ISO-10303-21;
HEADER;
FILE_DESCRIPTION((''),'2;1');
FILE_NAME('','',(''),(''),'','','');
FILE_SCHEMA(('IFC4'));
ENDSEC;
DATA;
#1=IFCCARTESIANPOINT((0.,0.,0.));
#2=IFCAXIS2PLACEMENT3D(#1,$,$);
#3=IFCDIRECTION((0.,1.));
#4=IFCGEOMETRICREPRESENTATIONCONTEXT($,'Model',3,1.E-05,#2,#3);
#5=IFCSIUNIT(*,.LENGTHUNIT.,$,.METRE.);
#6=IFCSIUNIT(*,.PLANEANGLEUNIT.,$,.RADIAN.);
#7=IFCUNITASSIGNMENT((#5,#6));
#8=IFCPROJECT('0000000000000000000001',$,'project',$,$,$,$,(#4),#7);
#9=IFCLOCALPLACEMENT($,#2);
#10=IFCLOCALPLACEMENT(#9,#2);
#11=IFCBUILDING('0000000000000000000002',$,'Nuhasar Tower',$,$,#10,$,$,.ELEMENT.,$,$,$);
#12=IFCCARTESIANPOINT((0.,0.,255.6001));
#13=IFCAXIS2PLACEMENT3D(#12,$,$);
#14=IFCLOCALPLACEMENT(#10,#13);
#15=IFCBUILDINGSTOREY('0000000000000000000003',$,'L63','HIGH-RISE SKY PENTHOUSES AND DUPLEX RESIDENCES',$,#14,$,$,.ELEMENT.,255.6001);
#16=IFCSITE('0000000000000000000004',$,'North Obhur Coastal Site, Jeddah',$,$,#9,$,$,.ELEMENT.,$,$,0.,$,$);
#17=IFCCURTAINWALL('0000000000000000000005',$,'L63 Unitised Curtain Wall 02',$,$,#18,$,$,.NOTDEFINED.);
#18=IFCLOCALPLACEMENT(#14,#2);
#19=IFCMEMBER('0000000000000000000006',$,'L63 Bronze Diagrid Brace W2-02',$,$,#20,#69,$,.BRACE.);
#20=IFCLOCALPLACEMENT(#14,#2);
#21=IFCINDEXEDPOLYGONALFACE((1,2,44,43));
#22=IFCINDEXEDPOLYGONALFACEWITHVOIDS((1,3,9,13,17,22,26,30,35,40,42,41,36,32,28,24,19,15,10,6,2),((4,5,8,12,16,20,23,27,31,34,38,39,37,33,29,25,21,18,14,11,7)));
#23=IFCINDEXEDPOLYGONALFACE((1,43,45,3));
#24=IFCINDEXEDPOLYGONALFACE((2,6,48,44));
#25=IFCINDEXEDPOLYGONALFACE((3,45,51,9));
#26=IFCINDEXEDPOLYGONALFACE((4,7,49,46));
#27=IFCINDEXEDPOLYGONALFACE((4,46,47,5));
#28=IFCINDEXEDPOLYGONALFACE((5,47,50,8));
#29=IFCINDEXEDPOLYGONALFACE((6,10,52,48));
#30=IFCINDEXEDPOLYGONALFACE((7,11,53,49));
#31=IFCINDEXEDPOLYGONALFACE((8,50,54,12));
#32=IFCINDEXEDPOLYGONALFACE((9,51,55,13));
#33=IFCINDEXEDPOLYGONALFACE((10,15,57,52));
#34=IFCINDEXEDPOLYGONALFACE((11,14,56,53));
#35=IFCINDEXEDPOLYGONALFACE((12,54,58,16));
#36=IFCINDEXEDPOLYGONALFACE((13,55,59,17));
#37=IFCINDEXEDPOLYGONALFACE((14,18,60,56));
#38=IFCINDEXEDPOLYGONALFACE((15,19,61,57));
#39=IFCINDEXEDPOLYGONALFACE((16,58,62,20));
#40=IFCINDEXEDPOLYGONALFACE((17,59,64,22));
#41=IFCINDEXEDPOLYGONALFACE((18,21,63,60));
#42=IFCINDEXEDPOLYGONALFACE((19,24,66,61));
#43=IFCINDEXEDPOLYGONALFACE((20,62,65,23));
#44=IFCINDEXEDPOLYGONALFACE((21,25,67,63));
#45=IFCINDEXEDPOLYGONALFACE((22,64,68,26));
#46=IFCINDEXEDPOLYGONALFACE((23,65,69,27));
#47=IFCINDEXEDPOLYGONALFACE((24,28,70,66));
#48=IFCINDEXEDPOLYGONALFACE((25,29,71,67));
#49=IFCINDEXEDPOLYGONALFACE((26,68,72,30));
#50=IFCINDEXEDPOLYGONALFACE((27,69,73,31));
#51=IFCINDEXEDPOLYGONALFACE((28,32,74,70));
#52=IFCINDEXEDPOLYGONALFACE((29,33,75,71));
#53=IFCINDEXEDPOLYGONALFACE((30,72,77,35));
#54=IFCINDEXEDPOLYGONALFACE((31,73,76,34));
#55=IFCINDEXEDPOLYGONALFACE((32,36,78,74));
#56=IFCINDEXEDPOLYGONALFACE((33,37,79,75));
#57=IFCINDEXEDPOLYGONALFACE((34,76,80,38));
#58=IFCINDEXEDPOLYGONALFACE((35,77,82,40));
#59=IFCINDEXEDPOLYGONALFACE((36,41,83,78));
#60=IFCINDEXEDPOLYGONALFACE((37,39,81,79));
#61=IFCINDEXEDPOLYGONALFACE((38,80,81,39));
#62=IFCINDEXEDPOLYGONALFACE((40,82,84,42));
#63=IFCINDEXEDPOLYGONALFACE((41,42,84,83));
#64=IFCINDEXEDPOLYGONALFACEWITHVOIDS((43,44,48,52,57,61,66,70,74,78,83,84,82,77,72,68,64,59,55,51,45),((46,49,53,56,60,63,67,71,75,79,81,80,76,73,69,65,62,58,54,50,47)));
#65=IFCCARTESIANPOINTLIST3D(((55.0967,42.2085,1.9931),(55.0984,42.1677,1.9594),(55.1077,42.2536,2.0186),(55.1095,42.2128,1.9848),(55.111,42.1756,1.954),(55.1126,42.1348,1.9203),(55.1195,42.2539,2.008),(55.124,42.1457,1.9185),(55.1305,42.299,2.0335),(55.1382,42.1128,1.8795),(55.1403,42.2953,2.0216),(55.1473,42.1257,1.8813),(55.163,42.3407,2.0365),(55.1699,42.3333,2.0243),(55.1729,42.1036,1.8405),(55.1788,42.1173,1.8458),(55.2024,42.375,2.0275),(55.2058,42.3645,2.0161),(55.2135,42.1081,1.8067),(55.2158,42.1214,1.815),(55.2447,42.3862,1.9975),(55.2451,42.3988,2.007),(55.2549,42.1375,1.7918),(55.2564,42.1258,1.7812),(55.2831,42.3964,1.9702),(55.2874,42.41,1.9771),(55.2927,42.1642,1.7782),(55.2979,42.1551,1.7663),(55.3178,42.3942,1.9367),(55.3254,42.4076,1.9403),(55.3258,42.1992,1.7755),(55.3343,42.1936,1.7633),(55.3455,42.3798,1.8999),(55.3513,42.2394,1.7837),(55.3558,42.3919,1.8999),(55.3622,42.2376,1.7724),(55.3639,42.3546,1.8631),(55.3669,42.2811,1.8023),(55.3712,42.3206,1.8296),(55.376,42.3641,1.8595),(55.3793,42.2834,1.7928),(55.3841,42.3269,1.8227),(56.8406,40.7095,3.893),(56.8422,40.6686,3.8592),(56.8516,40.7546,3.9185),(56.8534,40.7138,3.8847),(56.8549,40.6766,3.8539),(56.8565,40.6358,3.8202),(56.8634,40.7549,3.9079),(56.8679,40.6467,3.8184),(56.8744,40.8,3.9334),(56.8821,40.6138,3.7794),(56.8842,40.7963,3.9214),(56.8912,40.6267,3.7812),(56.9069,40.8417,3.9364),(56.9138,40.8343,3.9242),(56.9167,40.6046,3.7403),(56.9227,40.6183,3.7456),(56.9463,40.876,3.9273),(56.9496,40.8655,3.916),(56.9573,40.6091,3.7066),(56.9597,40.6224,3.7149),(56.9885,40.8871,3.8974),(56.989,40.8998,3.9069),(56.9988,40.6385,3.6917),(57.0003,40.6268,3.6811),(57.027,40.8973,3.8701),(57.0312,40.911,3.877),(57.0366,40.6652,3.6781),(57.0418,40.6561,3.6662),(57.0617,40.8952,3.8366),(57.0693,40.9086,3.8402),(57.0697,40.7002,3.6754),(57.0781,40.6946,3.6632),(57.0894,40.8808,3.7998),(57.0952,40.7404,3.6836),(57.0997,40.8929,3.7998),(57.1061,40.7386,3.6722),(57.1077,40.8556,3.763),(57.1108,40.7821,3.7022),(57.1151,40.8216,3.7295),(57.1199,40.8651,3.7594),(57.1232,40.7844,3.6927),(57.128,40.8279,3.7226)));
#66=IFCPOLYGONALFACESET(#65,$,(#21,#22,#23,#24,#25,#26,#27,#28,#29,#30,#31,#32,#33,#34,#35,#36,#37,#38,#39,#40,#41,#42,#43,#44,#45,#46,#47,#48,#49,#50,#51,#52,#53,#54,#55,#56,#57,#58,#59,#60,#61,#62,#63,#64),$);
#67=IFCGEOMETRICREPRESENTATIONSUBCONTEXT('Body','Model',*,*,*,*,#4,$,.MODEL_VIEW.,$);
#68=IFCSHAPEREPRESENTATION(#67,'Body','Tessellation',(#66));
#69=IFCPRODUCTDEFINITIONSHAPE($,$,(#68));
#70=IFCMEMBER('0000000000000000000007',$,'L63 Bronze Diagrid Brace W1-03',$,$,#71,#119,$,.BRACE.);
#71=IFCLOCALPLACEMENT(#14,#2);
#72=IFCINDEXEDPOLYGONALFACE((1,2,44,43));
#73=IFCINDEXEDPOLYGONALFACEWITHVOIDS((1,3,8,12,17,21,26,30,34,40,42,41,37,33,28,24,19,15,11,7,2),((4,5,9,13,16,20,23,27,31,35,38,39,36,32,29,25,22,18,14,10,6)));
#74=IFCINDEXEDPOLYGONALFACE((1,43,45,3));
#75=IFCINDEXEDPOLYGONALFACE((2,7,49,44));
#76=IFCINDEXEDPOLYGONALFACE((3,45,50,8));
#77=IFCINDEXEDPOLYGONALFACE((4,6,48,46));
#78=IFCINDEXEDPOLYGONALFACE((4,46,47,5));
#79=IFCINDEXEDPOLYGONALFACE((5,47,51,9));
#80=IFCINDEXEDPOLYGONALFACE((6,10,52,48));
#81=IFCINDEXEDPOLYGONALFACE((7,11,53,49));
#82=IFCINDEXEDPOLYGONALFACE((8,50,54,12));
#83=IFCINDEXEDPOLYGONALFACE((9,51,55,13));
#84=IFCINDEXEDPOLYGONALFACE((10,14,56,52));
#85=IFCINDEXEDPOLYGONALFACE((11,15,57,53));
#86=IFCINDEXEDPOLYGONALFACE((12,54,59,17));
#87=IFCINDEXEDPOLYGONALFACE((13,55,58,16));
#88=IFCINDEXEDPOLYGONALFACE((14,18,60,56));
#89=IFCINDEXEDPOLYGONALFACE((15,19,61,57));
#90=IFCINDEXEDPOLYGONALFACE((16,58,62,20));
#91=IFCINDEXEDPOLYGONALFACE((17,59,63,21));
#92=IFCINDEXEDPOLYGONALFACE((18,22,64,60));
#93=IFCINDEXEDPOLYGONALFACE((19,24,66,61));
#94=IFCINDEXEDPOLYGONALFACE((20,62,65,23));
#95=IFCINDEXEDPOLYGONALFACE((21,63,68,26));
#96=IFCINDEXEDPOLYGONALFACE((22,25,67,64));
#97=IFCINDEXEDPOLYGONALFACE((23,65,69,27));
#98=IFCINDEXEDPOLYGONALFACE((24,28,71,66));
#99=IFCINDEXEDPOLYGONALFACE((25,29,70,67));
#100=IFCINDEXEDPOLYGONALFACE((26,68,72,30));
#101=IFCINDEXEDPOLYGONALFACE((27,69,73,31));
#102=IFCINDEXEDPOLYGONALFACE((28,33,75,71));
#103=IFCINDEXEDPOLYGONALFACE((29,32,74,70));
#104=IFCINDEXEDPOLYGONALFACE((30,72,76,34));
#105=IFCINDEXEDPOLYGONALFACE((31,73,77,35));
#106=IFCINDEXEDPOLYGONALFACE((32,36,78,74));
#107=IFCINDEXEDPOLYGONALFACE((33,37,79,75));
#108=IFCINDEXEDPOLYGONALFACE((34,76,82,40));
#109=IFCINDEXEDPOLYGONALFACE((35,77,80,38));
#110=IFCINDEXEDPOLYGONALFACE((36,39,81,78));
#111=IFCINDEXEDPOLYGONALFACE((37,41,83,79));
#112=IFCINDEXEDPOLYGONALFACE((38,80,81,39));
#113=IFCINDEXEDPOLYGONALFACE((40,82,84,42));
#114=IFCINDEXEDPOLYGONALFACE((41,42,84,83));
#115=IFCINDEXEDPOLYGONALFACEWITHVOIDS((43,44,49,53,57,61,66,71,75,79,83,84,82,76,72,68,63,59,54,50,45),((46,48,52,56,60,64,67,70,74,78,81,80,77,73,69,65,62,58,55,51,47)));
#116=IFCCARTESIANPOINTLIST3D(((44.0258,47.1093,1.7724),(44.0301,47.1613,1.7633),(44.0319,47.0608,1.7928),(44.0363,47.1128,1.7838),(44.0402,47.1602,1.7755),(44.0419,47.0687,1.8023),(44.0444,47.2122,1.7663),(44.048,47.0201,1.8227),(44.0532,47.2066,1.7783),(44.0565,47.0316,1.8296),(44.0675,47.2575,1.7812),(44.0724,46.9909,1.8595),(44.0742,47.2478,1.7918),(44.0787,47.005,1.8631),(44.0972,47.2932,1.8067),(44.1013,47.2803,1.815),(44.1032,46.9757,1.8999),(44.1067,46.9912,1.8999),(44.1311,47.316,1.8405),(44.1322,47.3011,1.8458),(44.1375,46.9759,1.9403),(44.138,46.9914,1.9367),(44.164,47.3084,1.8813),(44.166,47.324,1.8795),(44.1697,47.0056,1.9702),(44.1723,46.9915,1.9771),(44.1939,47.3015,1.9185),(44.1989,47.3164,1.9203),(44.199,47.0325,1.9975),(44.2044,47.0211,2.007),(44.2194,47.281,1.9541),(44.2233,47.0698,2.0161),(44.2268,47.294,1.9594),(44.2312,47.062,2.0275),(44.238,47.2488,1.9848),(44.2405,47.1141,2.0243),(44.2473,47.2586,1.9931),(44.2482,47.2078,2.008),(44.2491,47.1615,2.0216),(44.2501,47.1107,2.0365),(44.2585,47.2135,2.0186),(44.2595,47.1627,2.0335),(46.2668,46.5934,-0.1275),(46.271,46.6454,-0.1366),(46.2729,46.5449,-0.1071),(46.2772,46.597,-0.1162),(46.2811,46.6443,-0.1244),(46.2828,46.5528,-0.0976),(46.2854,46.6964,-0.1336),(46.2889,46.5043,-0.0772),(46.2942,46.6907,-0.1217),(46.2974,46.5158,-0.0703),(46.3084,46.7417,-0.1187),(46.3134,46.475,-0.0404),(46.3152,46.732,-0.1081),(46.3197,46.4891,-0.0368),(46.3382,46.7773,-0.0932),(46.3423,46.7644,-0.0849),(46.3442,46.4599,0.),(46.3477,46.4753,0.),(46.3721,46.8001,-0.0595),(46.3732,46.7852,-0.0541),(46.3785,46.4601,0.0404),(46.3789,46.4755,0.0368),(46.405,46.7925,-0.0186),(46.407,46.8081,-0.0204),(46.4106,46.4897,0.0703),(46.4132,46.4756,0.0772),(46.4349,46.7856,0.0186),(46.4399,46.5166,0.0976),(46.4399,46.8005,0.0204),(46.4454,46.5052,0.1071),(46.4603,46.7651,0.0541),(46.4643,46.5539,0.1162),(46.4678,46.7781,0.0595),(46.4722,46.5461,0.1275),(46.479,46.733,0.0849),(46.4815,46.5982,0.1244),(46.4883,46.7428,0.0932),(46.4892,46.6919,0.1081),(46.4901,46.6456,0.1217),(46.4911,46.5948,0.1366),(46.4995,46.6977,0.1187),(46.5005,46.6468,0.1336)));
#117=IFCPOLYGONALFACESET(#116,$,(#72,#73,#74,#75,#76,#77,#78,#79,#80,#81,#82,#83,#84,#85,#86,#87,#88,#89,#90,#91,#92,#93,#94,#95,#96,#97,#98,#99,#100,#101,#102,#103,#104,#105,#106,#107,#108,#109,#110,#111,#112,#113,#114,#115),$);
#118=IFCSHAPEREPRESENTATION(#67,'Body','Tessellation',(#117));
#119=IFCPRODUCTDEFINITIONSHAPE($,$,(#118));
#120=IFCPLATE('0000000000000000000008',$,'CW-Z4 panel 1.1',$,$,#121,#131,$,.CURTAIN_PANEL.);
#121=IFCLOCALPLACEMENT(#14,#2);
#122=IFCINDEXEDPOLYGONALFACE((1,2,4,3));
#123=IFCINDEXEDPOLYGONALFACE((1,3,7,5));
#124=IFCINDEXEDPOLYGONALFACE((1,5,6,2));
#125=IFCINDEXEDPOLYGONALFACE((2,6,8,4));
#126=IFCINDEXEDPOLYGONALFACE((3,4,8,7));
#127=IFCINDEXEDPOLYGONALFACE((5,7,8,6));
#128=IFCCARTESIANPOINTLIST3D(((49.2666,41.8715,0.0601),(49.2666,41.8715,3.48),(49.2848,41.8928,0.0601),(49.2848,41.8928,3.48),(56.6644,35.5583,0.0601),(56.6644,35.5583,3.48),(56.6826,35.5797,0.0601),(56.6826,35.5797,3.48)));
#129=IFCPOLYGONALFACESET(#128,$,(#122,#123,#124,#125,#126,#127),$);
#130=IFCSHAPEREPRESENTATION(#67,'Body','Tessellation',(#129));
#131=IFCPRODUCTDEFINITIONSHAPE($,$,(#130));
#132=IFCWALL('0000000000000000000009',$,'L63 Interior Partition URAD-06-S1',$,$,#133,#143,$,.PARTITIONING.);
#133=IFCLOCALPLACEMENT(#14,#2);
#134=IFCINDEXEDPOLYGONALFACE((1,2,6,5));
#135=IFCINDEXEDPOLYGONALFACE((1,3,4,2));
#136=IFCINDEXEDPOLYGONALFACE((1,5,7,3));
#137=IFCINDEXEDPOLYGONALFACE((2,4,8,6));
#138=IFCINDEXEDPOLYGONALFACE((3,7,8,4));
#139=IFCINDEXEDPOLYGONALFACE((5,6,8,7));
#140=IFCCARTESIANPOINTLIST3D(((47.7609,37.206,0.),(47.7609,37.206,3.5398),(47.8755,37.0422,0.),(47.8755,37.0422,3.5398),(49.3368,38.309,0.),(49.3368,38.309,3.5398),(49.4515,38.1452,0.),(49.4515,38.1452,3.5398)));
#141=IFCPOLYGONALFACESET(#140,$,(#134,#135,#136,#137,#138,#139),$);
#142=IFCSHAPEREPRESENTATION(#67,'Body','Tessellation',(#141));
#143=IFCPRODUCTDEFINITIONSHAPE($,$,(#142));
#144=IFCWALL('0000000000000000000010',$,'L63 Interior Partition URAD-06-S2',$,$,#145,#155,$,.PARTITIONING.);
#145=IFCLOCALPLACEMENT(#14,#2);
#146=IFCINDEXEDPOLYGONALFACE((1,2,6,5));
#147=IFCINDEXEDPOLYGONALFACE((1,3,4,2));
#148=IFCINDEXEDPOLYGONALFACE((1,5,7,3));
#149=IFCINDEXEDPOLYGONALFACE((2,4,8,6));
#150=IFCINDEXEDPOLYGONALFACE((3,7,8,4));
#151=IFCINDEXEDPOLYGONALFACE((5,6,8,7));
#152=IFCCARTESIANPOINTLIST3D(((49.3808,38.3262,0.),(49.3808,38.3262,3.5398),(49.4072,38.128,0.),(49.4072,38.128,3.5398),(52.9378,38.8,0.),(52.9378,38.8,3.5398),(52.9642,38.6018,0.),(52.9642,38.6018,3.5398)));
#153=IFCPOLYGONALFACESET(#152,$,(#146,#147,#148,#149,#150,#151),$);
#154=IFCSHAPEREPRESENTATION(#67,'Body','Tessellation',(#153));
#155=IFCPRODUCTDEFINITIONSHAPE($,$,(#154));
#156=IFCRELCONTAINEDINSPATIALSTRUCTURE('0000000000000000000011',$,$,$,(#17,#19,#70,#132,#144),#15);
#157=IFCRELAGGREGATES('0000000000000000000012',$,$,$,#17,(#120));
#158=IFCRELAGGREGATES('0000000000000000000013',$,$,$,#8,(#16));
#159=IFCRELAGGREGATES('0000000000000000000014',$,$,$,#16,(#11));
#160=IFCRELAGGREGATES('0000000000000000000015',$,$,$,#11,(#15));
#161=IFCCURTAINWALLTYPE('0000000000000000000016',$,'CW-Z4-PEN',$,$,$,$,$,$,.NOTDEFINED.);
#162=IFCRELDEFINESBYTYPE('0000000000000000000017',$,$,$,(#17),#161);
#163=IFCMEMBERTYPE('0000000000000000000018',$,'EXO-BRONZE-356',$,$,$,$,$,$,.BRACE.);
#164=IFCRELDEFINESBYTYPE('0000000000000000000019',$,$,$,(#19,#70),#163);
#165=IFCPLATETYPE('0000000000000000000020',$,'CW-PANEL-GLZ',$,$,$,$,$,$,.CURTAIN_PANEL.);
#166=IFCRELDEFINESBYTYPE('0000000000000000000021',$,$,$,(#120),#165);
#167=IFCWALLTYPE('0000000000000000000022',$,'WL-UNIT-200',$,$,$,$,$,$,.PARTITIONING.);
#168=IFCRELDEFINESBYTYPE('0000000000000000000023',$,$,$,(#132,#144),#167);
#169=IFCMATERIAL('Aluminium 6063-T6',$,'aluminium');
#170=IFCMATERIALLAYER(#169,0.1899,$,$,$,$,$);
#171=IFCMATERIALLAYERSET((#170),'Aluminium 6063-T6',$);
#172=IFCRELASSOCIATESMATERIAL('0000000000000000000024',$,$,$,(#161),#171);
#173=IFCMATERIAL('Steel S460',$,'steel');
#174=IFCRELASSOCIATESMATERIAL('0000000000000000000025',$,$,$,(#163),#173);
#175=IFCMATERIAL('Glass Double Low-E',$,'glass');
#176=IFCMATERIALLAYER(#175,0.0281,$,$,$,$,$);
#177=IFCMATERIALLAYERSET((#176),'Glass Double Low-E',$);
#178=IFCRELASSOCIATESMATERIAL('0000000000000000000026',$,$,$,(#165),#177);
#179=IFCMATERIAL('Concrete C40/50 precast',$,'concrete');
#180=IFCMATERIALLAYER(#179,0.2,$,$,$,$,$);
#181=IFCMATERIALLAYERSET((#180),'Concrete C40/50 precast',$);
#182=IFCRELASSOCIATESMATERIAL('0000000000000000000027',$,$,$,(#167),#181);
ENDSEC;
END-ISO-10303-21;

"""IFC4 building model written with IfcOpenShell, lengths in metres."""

from ifc_helpers import new_model, si_unit, direction, frame, frame_2d, origin, origin_2d, place, context, subcontext, project, spatial, rectangle, hollow_circle, extrude, material, layer, layer_set, material_profile, profile_set, type_object, element, aggregate, save


model = new_model("IFC4")

# Units and contexts
model_context = context("Model", 3, precision=1e-05, world=origin(), true_north=direction((0.0, 1.0)))
body_context = subcontext(model_context, "Body", "Model", "MODEL_VIEW")
ifc_project = project(units=[si_unit("LENGTHUNIT", "METRE"), si_unit("PLANEANGLEUNIT", "RADIAN")], contexts=[model_context])

# Site, building, storey
site_placement = place(None, origin())
site = spatial("IfcSite", under=ifc_project, at=site_placement, Name="North Obhur Coastal Site, Jeddah", CompositionType="ELEMENT", RefElevation=0.0)
building_placement = place(site_placement, origin())
building = spatial("IfcBuilding", under=site, at=building_placement, Name="Nuhasar Tower", CompositionType="ELEMENT")
storey_placement = place(building_placement, frame((0.0, 0.0, 255.6001)))
storey = spatial("IfcBuildingStorey", under=building, at=storey_placement, Name="L63", Description="HIGH-RISE SKY PENTHOUSES AND DUPLEX RESIDENCES", CompositionType="ELEMENT", Elevation=255.6001)

# Shared definitions
ifc_material_1 = material(Name="Steel S460", Category="steel")

# Shared definitions
ifc_material_2 = material(Name="Aluminium 6063-T6", Category="aluminium")
ifc_layer_1 = layer(ifc_material_2, 0.1899)
ifc_layer_set_1 = layer_set([ifc_layer_1], Name="Aluminium 6063-T6")
curtain_wall_type = type_object("IfcCurtainWallType", Name="CW-Z4-PEN", PredefinedType="NOTDEFINED", material=ifc_layer_set_1)

# Curtain wall
curtain_wall_1_placement = place(storey_placement, origin())
curtain_wall_1 = element("IfcCurtainWall", 1, at=curtain_wall_1_placement, inside=storey, type_object=curtain_wall_type, Name="L63 Unitised Curtain Wall 02", PredefinedType="NOTDEFINED")

# Members
ifc_material_profile_1 = material_profile(ifc_material_1, hollow_circle(Radius=0.1777, WallThickness=0.0159, at=origin_2d()), Name="HSS355.6X15.9")
ifc_profile_set_1 = profile_set([ifc_material_profile_1], Name="Steel S460")
member_type_1 = type_object("IfcMemberType", Name="EXO-BRONZE-356", PredefinedType="BRACE", material=ifc_profile_set_1)
for number, where, z_axis, x_axis, name in (
    (2, (55.24, 42.2571, 1.8999), (0.584625, -0.502534, 0.636925), (0.651857, 0.758342, 0.0), "L63 Bronze Diagrid Brace W2-02"),
    (3, (46.384, 46.6331, 0.0), (-0.751272, 0.172942, 0.636932), (-0.224332, -0.974513, 0.0), "L63 Bronze Diagrid Brace W1-03"),
):
    element("IfcMember", number, at=place(storey_placement, frame(where, z_axis=z_axis, x_axis=x_axis)), inside=storey, type_object=member_type_1, Name=name, PredefinedType="BRACE", context=body_context, shape_type="SweptSolid", body=[
        extrude(hollow_circle(Radius=0.1777, WallThickness=0.0159, at=origin_2d()), origin(), (0.0, 0.0, 1.0), 2.9829),
    ])

# Plate
ifc_material_3 = material(Name="Glass Double Low-E", Category="glass")
ifc_layer_2 = layer(ifc_material_3, 0.0281)
ifc_layer_set_2 = layer_set([ifc_layer_2], Name="Glass Double Low-E")
plate_type = type_object("IfcPlateType", Name="CW-PANEL-GLZ", PredefinedType="CURTAIN_PANEL", material=ifc_layer_set_2)
plate_placement = place(storey_placement, frame((52.9746, 38.7256, 0.0601), z_axis=(0.0, 0.0, 1.0), x_axis=(-0.760667, 0.649142, 0.0)))
plate = element("IfcPlate", 4, at=plate_placement, type_object=plate_type, Name="CW-Z4 panel 1.1", PredefinedType="CURTAIN_PANEL", context=body_context, shape_type="SweptSolid", body=[
    extrude(rectangle(XDim=9.7253, YDim=0.0281, at=origin_2d()), origin(), (0.0, 0.0, 1.0), 3.4199),
])
aggregate(curtain_wall_1, [plate])

# Walls
ifc_material_4 = material(Name="Concrete C40/50 precast", Category="concrete")
ifc_layer_3 = layer(ifc_material_4, 0.2)
ifc_layer_set_3 = layer_set([ifc_layer_3], Name="Concrete C40/50 precast")
wall_type_1 = type_object("IfcWallType", Name="WL-UNIT-200", PredefinedType="PARTITIONING", material=ifc_layer_set_3)
wall_1_placement = place(storey_placement, frame((47.8181, 37.124, 0.0), z_axis=(0.0, 0.0, 1.0), x_axis=(0.819262, 0.57342, 0.0)))
element("IfcWall", 5, at=wall_1_placement, inside=storey, type_object=wall_type_1, Name="L63 Interior Partition URAD-06-S1", PredefinedType="PARTITIONING", context=body_context, shape_type="SweptSolid", body=[
    extrude(rectangle(XDim=1.9236, YDim=0.2, at=frame_2d((0.9619, 0.0))), origin(), (0.0, 0.0, 1.0), 3.5398),
])
wall_2_placement = place(storey_placement, frame((49.394, 38.2271, 0.0), z_axis=(0.0, 0.0, 1.0), x_axis=(0.991242, 0.132061, 0.0)))
element("IfcWall", 6, at=wall_2_placement, inside=storey, type_object=wall_type_1, Name="L63 Interior Partition URAD-06-S2", PredefinedType="PARTITIONING", context=body_context, shape_type="SweptSolid", body=[
    extrude(rectangle(XDim=3.5884, YDim=0.2, at=frame_2d((1.7942, 0.0))), origin(), (0.0, 0.0, 1.0), 3.5398),
])

save(model, "model.ifc")
